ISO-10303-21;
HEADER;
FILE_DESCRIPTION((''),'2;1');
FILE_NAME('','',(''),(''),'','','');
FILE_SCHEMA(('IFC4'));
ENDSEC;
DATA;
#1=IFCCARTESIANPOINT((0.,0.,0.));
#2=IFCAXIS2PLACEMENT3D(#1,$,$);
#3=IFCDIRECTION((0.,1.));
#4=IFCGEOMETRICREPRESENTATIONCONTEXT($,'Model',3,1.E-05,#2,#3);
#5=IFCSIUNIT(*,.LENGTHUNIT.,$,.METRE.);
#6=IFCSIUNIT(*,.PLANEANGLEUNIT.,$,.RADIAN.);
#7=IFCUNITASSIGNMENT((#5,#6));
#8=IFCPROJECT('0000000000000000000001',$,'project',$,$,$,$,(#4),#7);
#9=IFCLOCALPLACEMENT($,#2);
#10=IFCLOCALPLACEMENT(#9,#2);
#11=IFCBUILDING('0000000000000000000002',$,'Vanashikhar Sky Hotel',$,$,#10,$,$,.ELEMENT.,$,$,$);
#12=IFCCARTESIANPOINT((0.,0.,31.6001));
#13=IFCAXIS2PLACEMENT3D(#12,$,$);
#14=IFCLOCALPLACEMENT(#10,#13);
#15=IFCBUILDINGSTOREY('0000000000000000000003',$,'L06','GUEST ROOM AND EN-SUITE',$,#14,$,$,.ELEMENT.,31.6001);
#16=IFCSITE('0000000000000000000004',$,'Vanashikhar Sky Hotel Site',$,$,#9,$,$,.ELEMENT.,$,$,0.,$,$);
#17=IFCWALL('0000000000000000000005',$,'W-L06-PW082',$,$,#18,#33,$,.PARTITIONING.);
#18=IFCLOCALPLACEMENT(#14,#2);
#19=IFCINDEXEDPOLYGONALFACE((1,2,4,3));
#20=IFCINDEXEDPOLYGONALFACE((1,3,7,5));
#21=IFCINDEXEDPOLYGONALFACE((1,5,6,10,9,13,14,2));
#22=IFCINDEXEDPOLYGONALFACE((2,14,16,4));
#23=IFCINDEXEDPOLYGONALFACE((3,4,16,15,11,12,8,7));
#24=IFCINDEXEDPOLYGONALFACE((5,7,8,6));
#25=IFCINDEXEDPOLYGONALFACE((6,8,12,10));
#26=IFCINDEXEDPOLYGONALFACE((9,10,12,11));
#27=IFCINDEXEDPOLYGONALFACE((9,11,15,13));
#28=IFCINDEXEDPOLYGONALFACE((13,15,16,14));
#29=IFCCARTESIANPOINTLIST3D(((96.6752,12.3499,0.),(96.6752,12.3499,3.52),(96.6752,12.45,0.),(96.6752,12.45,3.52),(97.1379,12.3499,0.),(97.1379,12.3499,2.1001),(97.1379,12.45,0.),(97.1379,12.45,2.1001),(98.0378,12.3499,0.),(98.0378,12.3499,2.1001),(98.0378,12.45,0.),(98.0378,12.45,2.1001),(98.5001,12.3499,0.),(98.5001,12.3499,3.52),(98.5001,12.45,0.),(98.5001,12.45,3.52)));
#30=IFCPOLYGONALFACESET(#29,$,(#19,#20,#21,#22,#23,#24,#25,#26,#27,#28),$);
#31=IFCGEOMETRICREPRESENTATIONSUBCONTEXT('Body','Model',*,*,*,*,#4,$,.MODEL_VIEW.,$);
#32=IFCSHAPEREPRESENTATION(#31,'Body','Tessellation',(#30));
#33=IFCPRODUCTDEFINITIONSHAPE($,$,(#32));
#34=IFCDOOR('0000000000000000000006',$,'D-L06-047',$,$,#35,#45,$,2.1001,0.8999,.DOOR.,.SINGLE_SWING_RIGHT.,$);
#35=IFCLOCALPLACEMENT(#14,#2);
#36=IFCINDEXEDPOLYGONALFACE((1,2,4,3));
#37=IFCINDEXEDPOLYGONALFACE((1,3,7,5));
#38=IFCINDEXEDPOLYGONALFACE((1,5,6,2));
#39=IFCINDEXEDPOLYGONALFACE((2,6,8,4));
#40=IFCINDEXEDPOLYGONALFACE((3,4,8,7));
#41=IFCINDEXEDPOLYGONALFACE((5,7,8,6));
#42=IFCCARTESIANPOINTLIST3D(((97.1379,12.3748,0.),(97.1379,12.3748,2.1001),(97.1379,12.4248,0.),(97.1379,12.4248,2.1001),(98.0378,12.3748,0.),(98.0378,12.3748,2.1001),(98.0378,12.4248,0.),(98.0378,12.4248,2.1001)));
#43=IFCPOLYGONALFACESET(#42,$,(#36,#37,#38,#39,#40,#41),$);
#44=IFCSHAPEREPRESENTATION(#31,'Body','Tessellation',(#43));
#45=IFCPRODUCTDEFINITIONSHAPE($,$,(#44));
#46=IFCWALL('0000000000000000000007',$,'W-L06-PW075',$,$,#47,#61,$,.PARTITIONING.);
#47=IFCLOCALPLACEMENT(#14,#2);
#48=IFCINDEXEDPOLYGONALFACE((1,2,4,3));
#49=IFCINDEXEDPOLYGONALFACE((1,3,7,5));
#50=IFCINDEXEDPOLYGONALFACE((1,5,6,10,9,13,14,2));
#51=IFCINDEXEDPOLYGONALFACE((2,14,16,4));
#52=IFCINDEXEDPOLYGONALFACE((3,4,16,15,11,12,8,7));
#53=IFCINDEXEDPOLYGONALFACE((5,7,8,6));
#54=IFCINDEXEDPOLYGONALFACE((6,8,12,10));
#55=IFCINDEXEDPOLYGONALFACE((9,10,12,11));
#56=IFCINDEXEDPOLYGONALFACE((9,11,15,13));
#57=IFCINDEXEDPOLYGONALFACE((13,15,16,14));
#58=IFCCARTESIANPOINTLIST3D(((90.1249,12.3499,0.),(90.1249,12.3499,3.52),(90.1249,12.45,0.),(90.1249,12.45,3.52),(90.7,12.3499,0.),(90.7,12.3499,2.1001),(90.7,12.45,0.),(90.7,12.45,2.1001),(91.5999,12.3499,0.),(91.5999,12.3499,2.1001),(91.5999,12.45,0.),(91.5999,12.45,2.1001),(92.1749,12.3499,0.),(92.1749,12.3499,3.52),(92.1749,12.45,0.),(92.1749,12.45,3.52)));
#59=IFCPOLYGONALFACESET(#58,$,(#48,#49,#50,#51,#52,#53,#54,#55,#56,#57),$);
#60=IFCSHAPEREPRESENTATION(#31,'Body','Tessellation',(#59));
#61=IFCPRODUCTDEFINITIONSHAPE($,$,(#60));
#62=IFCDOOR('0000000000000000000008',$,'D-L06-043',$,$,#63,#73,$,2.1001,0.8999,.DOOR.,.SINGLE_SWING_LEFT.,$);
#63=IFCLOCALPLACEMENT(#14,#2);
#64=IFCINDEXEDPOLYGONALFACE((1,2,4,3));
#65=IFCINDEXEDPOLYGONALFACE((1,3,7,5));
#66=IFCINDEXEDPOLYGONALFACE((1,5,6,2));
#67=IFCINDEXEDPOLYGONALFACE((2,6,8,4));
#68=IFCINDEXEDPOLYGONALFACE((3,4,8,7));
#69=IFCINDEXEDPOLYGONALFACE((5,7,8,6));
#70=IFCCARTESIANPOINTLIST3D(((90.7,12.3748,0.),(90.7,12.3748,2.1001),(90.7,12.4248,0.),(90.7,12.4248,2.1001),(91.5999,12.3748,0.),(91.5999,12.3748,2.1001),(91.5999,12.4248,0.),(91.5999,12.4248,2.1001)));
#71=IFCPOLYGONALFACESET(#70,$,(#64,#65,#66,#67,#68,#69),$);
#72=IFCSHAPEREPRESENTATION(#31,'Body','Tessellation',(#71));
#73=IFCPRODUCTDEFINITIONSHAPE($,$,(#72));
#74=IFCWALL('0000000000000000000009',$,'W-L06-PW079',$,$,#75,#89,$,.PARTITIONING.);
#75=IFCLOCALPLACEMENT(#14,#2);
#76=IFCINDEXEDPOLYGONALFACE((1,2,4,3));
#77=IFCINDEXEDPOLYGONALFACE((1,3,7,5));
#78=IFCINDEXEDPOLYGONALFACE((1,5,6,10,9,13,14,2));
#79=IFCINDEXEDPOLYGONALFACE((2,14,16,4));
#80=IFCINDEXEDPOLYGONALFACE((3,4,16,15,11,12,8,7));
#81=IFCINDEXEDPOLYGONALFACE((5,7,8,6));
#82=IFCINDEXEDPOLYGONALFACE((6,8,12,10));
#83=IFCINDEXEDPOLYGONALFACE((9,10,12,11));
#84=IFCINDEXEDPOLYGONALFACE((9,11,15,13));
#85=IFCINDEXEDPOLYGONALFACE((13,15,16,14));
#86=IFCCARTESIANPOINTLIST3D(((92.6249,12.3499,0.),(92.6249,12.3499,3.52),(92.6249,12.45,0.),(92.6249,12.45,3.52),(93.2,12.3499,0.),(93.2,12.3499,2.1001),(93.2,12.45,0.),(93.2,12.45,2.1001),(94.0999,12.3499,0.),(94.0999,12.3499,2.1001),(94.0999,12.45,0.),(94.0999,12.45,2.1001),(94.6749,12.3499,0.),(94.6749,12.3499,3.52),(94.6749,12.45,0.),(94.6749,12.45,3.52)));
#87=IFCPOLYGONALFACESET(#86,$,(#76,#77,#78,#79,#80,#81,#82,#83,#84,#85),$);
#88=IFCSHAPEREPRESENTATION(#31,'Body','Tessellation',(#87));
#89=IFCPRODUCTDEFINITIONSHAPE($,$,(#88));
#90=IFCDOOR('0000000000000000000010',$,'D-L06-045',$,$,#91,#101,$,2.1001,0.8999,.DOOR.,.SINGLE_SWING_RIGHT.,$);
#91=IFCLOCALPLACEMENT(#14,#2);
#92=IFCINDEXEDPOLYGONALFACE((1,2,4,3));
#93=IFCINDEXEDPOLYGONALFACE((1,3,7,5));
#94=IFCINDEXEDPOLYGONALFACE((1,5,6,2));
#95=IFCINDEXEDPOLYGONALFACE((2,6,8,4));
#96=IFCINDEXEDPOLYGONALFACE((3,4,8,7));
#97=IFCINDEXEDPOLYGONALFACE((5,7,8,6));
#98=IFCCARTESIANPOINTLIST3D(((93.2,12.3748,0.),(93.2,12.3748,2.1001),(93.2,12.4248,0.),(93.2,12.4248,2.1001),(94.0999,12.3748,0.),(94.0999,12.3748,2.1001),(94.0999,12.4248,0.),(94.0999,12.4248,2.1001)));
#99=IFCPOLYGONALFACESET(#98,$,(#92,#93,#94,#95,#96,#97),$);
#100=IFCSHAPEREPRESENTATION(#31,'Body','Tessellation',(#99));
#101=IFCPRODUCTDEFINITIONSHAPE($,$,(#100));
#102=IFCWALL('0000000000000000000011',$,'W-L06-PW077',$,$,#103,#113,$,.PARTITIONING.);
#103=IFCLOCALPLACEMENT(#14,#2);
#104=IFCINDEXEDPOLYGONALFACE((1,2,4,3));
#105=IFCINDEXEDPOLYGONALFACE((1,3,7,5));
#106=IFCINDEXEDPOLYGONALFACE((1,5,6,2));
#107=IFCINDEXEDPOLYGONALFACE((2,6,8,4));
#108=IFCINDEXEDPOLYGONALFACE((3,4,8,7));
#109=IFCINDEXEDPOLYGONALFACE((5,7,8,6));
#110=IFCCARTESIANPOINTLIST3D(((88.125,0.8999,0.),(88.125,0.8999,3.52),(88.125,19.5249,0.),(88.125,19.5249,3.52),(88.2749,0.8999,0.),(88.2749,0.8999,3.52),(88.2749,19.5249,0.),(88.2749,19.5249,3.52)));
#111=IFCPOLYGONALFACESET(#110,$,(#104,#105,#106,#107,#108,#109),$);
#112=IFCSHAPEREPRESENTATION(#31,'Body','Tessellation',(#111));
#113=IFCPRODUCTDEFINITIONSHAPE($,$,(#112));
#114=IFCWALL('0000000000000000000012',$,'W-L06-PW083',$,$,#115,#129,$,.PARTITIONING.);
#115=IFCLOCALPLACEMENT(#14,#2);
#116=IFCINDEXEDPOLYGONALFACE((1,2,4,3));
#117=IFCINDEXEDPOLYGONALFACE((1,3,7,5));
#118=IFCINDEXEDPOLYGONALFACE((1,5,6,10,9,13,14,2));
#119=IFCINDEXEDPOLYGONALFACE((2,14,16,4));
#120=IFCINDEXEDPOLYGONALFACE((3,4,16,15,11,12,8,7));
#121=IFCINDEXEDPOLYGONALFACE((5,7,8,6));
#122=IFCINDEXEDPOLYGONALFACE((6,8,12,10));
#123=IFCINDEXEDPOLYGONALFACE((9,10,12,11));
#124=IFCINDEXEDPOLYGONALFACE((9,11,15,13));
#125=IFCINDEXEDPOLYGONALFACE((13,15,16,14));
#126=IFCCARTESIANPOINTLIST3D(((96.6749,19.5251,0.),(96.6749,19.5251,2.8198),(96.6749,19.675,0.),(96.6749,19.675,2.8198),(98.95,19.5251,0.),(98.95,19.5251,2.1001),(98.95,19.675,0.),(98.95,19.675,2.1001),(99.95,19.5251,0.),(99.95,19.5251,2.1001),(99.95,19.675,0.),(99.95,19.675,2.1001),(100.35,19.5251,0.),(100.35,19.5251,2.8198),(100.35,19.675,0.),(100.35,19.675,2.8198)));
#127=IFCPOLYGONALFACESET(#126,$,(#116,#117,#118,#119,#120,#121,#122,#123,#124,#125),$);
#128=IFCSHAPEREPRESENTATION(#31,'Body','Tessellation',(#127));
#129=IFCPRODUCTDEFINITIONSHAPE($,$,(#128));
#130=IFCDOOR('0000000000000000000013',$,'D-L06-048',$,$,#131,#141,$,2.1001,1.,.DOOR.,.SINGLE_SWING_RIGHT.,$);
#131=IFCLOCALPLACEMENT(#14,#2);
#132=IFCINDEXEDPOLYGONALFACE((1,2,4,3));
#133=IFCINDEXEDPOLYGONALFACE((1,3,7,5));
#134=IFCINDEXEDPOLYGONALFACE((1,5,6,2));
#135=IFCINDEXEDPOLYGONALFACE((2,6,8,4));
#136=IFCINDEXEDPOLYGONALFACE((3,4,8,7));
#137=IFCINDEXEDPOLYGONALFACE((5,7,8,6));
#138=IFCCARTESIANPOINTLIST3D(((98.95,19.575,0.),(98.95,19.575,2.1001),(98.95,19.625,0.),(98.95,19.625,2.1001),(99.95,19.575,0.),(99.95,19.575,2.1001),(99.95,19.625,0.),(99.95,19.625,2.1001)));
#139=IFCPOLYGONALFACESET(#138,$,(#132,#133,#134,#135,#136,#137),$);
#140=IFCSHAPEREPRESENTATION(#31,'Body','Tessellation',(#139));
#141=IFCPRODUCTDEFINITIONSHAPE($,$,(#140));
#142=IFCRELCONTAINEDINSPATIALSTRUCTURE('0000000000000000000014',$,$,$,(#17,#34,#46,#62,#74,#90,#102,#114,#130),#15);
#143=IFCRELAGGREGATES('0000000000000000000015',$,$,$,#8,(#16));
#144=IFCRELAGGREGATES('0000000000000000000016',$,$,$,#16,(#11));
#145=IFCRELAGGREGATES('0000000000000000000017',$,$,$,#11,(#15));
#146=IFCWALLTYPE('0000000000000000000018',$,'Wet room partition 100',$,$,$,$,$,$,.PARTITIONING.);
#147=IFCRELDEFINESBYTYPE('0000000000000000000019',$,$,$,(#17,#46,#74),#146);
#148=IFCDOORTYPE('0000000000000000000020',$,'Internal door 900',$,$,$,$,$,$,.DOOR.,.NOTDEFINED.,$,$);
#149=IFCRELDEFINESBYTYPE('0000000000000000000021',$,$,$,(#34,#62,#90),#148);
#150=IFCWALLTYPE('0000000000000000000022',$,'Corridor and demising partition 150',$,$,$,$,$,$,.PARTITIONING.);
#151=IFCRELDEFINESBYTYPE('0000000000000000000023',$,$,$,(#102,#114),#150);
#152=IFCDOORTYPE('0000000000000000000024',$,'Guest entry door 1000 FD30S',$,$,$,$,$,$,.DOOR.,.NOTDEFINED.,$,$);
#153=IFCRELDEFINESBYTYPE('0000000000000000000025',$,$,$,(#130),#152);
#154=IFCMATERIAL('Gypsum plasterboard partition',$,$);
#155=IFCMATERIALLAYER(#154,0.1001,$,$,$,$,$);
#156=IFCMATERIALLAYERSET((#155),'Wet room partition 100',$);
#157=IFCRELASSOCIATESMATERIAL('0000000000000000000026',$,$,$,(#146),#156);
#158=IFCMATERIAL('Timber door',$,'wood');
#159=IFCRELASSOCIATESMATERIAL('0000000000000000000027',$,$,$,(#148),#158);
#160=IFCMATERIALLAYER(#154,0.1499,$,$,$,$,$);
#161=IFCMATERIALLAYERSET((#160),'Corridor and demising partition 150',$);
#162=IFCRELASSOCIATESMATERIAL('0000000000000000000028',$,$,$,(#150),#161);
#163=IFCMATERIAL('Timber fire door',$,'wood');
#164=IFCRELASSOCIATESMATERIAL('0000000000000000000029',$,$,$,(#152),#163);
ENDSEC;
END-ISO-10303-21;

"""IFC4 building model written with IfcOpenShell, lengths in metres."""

from ifc_helpers import new_model, si_unit, direction, frame, frame_2d, origin, place, context, subcontext, project, spatial, rectangle, extrude, source, transform, mapped, material, layer, layer_set, type_object, element, fill, save


model = new_model("IFC4")

# Units and contexts
model_context = context("Model", 3, precision=1e-05, world=origin(), true_north=direction((0.0, 1.0)))
body_context = subcontext(model_context, "Body", "Model", "MODEL_VIEW")
ifc_project = project(units=[si_unit("LENGTHUNIT", "METRE"), si_unit("PLANEANGLEUNIT", "RADIAN")], contexts=[model_context])

# Site, building, storey
site_placement = place(None, origin())
site = spatial("IfcSite", under=ifc_project, at=site_placement, Name="Vanashikhar Sky Hotel Site", CompositionType="ELEMENT", RefElevation=0.0)
building_placement = place(site_placement, origin())
building = spatial("IfcBuilding", under=site, at=building_placement, Name="Vanashikhar Sky Hotel", CompositionType="ELEMENT")
storey_placement = place(building_placement, frame((0.0, 0.0, 31.6001)))
storey = spatial("IfcBuildingStorey", under=building, at=storey_placement, Name="L06", Description="GUEST ROOM AND EN-SUITE", CompositionType="ELEMENT", Elevation=31.6001)

# Shared definitions
ifc_material_1 = material(Name="Gypsum plasterboard partition")
ifc_layer_1 = layer(ifc_material_1, 0.1001)
ifc_layer_set_1 = layer_set([ifc_layer_1], Name="Wet room partition 100")
wall_type_1 = type_object("IfcWallType", Name="Wet room partition 100", PredefinedType="PARTITIONING", material=ifc_layer_set_1)

# Walls, openings, doors
shared_shape_1 = source(origin(), body_context, "Body", "SweptSolid", [
    extrude(rectangle(XDim=1.825, YDim=0.1001, at=frame_2d((0.9126, 0.0))), origin(), (0.0, 0.0, 1.0), 3.52),
])
wall_1_placement = place(storey_placement, frame((96.675, 12.3999, 0.0), z_axis=(0.0, 0.0, 1.0), x_axis=(1.0, 0.0, 0.0)))
wall_1 = element("IfcWall", 1, at=wall_1_placement, inside=storey, type_object=wall_type_1, Name="W-L06-PW082", PredefinedType="PARTITIONING", context=body_context, shape_type="MappedRepresentation", body=[
    mapped(shared_shape_1, transform((0.0, 0.0, 0.0), scale=1.0)),
])
shared_shape_2 = source(origin(), body_context, "Body", "SweptSolid", [
    extrude(rectangle(XDim=0.8999, YDim=2.1001, at=frame_2d((0.45, 1.05))), frame((0.0, 0.0601, 0.0), z_axis=(0.0, -1.0, 0.0), x_axis=(1.0, 0.0, 0.0)), (0.0, 0.0, 1.0), 0.1201),
])
opening_1_placement = place(wall_1_placement, frame((0.4629, 0.0, 0.0)))
opening_1 = element("IfcOpeningElement", 2, at=opening_1_placement, cuts=wall_1, PredefinedType="OPENING", context=body_context, shape_type="MappedRepresentation", body=[
    mapped(shared_shape_2, transform((0.0, 0.0, 0.0), scale=1.0)),
])
ifc_material_2 = material(Name="Timber door", Category="wood")
door_type_1 = type_object("IfcDoorType", Name="Internal door 900", OperationType="NOTDEFINED", PredefinedType="DOOR", material=ifc_material_2)
shared_shape_3 = source(origin(), body_context, "Body", "SweptSolid", [
    extrude(rectangle(XDim=0.8999, YDim=2.1001, at=frame_2d((0.45, 1.05))), frame((0.0, 0.0249, 0.0), z_axis=(0.0, -1.0, 0.0), x_axis=(1.0, 0.0, 0.0)), (0.0, 0.0, 1.0), 0.05),
])
door_1_placement = place(opening_1_placement, origin())
door_1 = element("IfcDoor", 3, at=door_1_placement, inside=storey, type_object=door_type_1, Name="D-L06-047", OperationType="SINGLE_SWING_RIGHT", OverallHeight=2.1001, OverallWidth=0.8999, PredefinedType="DOOR", context=body_context, shape_type="MappedRepresentation", body=[
    mapped(shared_shape_3, transform((0.0, 0.0, 0.0), scale=1.0)),
])
fill(opening_1, door_1)
shared_shape_4 = source(origin(), body_context, "Body", "SweptSolid", [
    extrude(rectangle(XDim=2.05, YDim=0.1001, at=frame_2d((1.0249, 0.0))), origin(), (0.0, 0.0, 1.0), 3.52),
])
wall_2_placement = place(storey_placement, frame((90.125, 12.3999, 0.0), z_axis=(0.0, 0.0, 1.0), x_axis=(1.0, 0.0, 0.0)))
wall_2 = element("IfcWall", 4, at=wall_2_placement, inside=storey, type_object=wall_type_1, Name="W-L06-PW075", PredefinedType="PARTITIONING", context=body_context, shape_type="MappedRepresentation", body=[
    mapped(shared_shape_4, transform((0.0, 0.0, 0.0), scale=1.0)),
])
opening_2_placement = place(wall_2_placement, frame((0.575, 0.0, 0.0)))
opening_2 = element("IfcOpeningElement", 5, at=opening_2_placement, cuts=wall_2, PredefinedType="OPENING", context=body_context, shape_type="MappedRepresentation", body=[
    mapped(shared_shape_2, transform((0.0, 0.0, 0.0), scale=1.0)),
])
door_2_placement = place(opening_2_placement, origin())
door_2 = element("IfcDoor", 6, at=door_2_placement, inside=storey, type_object=door_type_1, Name="D-L06-043", OperationType="SINGLE_SWING_LEFT", OverallHeight=2.1001, OverallWidth=0.8999, PredefinedType="DOOR", context=body_context, shape_type="MappedRepresentation", body=[
    mapped(shared_shape_3, transform((0.0, 0.0, 0.0), scale=1.0)),
])
fill(opening_2, door_2)
wall_3_placement = place(storey_placement, frame((92.625, 12.3999, 0.0), z_axis=(0.0, 0.0, 1.0), x_axis=(1.0, 0.0, 0.0)))
wall_3 = element("IfcWall", 7, at=wall_3_placement, inside=storey, type_object=wall_type_1, Name="W-L06-PW079", PredefinedType="PARTITIONING", context=body_context, shape_type="MappedRepresentation", body=[
    mapped(shared_shape_4, transform((0.0, 0.0, 0.0), scale=1.0)),
])
opening_3_placement = place(wall_3_placement, frame((0.575, 0.0, 0.0)))
opening_3 = element("IfcOpeningElement", 8, at=opening_3_placement, cuts=wall_3, PredefinedType="OPENING", context=body_context, shape_type="MappedRepresentation", body=[
    mapped(shared_shape_2, transform((0.0, 0.0, 0.0), scale=1.0)),
])
door_3_placement = place(opening_3_placement, origin())
door_3 = element("IfcDoor", 9, at=door_3_placement, inside=storey, type_object=door_type_1, Name="D-L06-045", OperationType="SINGLE_SWING_RIGHT", OverallHeight=2.1001, OverallWidth=0.8999, PredefinedType="DOOR", context=body_context, shape_type="MappedRepresentation", body=[
    mapped(shared_shape_3, transform((0.0, 0.0, 0.0), scale=1.0)),
])
fill(opening_3, door_3)

# Wall
ifc_layer_2 = layer(ifc_material_1, 0.1499)
ifc_layer_set_2 = layer_set([ifc_layer_2], Name="Corridor and demising partition 150")
wall_type_2 = type_object("IfcWallType", Name="Corridor and demising partition 150", PredefinedType="PARTITIONING", material=ifc_layer_set_2)
shared_shape_5 = source(origin(), body_context, "Body", "SweptSolid", [
    extrude(rectangle(XDim=18.625, YDim=0.1499, at=frame_2d((9.3125, 0.0))), origin(), (0.0, 0.0, 1.0), 3.52),
])
wall_4_placement = place(storey_placement, frame((88.2, 0.8999, 0.0), z_axis=(0.0, 0.0, 1.0), x_axis=(0.0, 1.0, 0.0)))
element("IfcWall", 10, at=wall_4_placement, inside=storey, type_object=wall_type_2, Name="W-L06-PW077", PredefinedType="PARTITIONING", context=body_context, shape_type="MappedRepresentation", body=[
    mapped(shared_shape_5, transform((0.0, 0.0, 0.0), scale=1.0)),
])

# Wall, opening, door
shared_shape_6 = source(origin(), body_context, "Body", "SweptSolid", [
    extrude(rectangle(XDim=3.675, YDim=0.1499, at=frame_2d((1.8374, 0.0))), origin(), (0.0, 0.0, 1.0), 2.8198),
])
wall_5_placement = place(storey_placement, frame((96.675, 19.6001, 0.0), z_axis=(0.0, 0.0, 1.0), x_axis=(1.0, 0.0, 0.0)))
wall_5 = element("IfcWall", 11, at=wall_5_placement, inside=storey, type_object=wall_type_2, Name="W-L06-PW083", PredefinedType="PARTITIONING", context=body_context, shape_type="MappedRepresentation", body=[
    mapped(shared_shape_6, transform((0.0, 0.0, 0.0), scale=1.0)),
])
shared_shape_7 = source(origin(), body_context, "Body", "SweptSolid", [
    extrude(rectangle(XDim=1.0, YDim=2.1001, at=frame_2d((0.5, 1.05))), frame((0.0, 0.085, 0.0), z_axis=(0.0, -1.0, 0.0), x_axis=(1.0, 0.0, 0.0)), (0.0, 0.0, 1.0), 0.1699),
])
opening_4_placement = place(wall_5_placement, frame((2.2749, 0.0, 0.0)))
opening_4 = element("IfcOpeningElement", 12, at=opening_4_placement, cuts=wall_5, PredefinedType="OPENING", context=body_context, shape_type="MappedRepresentation", body=[
    mapped(shared_shape_7, transform((0.0, 0.0, 0.0), scale=1.0)),
])
ifc_material_3 = material(Name="Timber fire door", Category="wood")
door_type_2 = type_object("IfcDoorType", Name="Guest entry door 1000 FD30S", OperationType="NOTDEFINED", PredefinedType="DOOR", material=ifc_material_3)
shared_shape_8 = source(origin(), body_context, "Body", "SweptSolid", [
    extrude(rectangle(XDim=1.0, YDim=2.1001, at=frame_2d((0.5, 1.05))), frame((0.0, 0.0249, 0.0), z_axis=(0.0, -1.0, 0.0), x_axis=(1.0, 0.0, 0.0)), (0.0, 0.0, 1.0), 0.05),
])
door_4_placement = place(opening_4_placement, origin())
door_4 = element("IfcDoor", 13, at=door_4_placement, inside=storey, type_object=door_type_2, Name="D-L06-048", OperationType="SINGLE_SWING_RIGHT", OverallHeight=2.1001, OverallWidth=1.0, PredefinedType="DOOR", context=body_context, shape_type="MappedRepresentation", body=[
    mapped(shared_shape_8, transform((0.0, 0.0, 0.0), scale=1.0)),
])
fill(opening_4, door_4)

save(model, "model.ifc")
